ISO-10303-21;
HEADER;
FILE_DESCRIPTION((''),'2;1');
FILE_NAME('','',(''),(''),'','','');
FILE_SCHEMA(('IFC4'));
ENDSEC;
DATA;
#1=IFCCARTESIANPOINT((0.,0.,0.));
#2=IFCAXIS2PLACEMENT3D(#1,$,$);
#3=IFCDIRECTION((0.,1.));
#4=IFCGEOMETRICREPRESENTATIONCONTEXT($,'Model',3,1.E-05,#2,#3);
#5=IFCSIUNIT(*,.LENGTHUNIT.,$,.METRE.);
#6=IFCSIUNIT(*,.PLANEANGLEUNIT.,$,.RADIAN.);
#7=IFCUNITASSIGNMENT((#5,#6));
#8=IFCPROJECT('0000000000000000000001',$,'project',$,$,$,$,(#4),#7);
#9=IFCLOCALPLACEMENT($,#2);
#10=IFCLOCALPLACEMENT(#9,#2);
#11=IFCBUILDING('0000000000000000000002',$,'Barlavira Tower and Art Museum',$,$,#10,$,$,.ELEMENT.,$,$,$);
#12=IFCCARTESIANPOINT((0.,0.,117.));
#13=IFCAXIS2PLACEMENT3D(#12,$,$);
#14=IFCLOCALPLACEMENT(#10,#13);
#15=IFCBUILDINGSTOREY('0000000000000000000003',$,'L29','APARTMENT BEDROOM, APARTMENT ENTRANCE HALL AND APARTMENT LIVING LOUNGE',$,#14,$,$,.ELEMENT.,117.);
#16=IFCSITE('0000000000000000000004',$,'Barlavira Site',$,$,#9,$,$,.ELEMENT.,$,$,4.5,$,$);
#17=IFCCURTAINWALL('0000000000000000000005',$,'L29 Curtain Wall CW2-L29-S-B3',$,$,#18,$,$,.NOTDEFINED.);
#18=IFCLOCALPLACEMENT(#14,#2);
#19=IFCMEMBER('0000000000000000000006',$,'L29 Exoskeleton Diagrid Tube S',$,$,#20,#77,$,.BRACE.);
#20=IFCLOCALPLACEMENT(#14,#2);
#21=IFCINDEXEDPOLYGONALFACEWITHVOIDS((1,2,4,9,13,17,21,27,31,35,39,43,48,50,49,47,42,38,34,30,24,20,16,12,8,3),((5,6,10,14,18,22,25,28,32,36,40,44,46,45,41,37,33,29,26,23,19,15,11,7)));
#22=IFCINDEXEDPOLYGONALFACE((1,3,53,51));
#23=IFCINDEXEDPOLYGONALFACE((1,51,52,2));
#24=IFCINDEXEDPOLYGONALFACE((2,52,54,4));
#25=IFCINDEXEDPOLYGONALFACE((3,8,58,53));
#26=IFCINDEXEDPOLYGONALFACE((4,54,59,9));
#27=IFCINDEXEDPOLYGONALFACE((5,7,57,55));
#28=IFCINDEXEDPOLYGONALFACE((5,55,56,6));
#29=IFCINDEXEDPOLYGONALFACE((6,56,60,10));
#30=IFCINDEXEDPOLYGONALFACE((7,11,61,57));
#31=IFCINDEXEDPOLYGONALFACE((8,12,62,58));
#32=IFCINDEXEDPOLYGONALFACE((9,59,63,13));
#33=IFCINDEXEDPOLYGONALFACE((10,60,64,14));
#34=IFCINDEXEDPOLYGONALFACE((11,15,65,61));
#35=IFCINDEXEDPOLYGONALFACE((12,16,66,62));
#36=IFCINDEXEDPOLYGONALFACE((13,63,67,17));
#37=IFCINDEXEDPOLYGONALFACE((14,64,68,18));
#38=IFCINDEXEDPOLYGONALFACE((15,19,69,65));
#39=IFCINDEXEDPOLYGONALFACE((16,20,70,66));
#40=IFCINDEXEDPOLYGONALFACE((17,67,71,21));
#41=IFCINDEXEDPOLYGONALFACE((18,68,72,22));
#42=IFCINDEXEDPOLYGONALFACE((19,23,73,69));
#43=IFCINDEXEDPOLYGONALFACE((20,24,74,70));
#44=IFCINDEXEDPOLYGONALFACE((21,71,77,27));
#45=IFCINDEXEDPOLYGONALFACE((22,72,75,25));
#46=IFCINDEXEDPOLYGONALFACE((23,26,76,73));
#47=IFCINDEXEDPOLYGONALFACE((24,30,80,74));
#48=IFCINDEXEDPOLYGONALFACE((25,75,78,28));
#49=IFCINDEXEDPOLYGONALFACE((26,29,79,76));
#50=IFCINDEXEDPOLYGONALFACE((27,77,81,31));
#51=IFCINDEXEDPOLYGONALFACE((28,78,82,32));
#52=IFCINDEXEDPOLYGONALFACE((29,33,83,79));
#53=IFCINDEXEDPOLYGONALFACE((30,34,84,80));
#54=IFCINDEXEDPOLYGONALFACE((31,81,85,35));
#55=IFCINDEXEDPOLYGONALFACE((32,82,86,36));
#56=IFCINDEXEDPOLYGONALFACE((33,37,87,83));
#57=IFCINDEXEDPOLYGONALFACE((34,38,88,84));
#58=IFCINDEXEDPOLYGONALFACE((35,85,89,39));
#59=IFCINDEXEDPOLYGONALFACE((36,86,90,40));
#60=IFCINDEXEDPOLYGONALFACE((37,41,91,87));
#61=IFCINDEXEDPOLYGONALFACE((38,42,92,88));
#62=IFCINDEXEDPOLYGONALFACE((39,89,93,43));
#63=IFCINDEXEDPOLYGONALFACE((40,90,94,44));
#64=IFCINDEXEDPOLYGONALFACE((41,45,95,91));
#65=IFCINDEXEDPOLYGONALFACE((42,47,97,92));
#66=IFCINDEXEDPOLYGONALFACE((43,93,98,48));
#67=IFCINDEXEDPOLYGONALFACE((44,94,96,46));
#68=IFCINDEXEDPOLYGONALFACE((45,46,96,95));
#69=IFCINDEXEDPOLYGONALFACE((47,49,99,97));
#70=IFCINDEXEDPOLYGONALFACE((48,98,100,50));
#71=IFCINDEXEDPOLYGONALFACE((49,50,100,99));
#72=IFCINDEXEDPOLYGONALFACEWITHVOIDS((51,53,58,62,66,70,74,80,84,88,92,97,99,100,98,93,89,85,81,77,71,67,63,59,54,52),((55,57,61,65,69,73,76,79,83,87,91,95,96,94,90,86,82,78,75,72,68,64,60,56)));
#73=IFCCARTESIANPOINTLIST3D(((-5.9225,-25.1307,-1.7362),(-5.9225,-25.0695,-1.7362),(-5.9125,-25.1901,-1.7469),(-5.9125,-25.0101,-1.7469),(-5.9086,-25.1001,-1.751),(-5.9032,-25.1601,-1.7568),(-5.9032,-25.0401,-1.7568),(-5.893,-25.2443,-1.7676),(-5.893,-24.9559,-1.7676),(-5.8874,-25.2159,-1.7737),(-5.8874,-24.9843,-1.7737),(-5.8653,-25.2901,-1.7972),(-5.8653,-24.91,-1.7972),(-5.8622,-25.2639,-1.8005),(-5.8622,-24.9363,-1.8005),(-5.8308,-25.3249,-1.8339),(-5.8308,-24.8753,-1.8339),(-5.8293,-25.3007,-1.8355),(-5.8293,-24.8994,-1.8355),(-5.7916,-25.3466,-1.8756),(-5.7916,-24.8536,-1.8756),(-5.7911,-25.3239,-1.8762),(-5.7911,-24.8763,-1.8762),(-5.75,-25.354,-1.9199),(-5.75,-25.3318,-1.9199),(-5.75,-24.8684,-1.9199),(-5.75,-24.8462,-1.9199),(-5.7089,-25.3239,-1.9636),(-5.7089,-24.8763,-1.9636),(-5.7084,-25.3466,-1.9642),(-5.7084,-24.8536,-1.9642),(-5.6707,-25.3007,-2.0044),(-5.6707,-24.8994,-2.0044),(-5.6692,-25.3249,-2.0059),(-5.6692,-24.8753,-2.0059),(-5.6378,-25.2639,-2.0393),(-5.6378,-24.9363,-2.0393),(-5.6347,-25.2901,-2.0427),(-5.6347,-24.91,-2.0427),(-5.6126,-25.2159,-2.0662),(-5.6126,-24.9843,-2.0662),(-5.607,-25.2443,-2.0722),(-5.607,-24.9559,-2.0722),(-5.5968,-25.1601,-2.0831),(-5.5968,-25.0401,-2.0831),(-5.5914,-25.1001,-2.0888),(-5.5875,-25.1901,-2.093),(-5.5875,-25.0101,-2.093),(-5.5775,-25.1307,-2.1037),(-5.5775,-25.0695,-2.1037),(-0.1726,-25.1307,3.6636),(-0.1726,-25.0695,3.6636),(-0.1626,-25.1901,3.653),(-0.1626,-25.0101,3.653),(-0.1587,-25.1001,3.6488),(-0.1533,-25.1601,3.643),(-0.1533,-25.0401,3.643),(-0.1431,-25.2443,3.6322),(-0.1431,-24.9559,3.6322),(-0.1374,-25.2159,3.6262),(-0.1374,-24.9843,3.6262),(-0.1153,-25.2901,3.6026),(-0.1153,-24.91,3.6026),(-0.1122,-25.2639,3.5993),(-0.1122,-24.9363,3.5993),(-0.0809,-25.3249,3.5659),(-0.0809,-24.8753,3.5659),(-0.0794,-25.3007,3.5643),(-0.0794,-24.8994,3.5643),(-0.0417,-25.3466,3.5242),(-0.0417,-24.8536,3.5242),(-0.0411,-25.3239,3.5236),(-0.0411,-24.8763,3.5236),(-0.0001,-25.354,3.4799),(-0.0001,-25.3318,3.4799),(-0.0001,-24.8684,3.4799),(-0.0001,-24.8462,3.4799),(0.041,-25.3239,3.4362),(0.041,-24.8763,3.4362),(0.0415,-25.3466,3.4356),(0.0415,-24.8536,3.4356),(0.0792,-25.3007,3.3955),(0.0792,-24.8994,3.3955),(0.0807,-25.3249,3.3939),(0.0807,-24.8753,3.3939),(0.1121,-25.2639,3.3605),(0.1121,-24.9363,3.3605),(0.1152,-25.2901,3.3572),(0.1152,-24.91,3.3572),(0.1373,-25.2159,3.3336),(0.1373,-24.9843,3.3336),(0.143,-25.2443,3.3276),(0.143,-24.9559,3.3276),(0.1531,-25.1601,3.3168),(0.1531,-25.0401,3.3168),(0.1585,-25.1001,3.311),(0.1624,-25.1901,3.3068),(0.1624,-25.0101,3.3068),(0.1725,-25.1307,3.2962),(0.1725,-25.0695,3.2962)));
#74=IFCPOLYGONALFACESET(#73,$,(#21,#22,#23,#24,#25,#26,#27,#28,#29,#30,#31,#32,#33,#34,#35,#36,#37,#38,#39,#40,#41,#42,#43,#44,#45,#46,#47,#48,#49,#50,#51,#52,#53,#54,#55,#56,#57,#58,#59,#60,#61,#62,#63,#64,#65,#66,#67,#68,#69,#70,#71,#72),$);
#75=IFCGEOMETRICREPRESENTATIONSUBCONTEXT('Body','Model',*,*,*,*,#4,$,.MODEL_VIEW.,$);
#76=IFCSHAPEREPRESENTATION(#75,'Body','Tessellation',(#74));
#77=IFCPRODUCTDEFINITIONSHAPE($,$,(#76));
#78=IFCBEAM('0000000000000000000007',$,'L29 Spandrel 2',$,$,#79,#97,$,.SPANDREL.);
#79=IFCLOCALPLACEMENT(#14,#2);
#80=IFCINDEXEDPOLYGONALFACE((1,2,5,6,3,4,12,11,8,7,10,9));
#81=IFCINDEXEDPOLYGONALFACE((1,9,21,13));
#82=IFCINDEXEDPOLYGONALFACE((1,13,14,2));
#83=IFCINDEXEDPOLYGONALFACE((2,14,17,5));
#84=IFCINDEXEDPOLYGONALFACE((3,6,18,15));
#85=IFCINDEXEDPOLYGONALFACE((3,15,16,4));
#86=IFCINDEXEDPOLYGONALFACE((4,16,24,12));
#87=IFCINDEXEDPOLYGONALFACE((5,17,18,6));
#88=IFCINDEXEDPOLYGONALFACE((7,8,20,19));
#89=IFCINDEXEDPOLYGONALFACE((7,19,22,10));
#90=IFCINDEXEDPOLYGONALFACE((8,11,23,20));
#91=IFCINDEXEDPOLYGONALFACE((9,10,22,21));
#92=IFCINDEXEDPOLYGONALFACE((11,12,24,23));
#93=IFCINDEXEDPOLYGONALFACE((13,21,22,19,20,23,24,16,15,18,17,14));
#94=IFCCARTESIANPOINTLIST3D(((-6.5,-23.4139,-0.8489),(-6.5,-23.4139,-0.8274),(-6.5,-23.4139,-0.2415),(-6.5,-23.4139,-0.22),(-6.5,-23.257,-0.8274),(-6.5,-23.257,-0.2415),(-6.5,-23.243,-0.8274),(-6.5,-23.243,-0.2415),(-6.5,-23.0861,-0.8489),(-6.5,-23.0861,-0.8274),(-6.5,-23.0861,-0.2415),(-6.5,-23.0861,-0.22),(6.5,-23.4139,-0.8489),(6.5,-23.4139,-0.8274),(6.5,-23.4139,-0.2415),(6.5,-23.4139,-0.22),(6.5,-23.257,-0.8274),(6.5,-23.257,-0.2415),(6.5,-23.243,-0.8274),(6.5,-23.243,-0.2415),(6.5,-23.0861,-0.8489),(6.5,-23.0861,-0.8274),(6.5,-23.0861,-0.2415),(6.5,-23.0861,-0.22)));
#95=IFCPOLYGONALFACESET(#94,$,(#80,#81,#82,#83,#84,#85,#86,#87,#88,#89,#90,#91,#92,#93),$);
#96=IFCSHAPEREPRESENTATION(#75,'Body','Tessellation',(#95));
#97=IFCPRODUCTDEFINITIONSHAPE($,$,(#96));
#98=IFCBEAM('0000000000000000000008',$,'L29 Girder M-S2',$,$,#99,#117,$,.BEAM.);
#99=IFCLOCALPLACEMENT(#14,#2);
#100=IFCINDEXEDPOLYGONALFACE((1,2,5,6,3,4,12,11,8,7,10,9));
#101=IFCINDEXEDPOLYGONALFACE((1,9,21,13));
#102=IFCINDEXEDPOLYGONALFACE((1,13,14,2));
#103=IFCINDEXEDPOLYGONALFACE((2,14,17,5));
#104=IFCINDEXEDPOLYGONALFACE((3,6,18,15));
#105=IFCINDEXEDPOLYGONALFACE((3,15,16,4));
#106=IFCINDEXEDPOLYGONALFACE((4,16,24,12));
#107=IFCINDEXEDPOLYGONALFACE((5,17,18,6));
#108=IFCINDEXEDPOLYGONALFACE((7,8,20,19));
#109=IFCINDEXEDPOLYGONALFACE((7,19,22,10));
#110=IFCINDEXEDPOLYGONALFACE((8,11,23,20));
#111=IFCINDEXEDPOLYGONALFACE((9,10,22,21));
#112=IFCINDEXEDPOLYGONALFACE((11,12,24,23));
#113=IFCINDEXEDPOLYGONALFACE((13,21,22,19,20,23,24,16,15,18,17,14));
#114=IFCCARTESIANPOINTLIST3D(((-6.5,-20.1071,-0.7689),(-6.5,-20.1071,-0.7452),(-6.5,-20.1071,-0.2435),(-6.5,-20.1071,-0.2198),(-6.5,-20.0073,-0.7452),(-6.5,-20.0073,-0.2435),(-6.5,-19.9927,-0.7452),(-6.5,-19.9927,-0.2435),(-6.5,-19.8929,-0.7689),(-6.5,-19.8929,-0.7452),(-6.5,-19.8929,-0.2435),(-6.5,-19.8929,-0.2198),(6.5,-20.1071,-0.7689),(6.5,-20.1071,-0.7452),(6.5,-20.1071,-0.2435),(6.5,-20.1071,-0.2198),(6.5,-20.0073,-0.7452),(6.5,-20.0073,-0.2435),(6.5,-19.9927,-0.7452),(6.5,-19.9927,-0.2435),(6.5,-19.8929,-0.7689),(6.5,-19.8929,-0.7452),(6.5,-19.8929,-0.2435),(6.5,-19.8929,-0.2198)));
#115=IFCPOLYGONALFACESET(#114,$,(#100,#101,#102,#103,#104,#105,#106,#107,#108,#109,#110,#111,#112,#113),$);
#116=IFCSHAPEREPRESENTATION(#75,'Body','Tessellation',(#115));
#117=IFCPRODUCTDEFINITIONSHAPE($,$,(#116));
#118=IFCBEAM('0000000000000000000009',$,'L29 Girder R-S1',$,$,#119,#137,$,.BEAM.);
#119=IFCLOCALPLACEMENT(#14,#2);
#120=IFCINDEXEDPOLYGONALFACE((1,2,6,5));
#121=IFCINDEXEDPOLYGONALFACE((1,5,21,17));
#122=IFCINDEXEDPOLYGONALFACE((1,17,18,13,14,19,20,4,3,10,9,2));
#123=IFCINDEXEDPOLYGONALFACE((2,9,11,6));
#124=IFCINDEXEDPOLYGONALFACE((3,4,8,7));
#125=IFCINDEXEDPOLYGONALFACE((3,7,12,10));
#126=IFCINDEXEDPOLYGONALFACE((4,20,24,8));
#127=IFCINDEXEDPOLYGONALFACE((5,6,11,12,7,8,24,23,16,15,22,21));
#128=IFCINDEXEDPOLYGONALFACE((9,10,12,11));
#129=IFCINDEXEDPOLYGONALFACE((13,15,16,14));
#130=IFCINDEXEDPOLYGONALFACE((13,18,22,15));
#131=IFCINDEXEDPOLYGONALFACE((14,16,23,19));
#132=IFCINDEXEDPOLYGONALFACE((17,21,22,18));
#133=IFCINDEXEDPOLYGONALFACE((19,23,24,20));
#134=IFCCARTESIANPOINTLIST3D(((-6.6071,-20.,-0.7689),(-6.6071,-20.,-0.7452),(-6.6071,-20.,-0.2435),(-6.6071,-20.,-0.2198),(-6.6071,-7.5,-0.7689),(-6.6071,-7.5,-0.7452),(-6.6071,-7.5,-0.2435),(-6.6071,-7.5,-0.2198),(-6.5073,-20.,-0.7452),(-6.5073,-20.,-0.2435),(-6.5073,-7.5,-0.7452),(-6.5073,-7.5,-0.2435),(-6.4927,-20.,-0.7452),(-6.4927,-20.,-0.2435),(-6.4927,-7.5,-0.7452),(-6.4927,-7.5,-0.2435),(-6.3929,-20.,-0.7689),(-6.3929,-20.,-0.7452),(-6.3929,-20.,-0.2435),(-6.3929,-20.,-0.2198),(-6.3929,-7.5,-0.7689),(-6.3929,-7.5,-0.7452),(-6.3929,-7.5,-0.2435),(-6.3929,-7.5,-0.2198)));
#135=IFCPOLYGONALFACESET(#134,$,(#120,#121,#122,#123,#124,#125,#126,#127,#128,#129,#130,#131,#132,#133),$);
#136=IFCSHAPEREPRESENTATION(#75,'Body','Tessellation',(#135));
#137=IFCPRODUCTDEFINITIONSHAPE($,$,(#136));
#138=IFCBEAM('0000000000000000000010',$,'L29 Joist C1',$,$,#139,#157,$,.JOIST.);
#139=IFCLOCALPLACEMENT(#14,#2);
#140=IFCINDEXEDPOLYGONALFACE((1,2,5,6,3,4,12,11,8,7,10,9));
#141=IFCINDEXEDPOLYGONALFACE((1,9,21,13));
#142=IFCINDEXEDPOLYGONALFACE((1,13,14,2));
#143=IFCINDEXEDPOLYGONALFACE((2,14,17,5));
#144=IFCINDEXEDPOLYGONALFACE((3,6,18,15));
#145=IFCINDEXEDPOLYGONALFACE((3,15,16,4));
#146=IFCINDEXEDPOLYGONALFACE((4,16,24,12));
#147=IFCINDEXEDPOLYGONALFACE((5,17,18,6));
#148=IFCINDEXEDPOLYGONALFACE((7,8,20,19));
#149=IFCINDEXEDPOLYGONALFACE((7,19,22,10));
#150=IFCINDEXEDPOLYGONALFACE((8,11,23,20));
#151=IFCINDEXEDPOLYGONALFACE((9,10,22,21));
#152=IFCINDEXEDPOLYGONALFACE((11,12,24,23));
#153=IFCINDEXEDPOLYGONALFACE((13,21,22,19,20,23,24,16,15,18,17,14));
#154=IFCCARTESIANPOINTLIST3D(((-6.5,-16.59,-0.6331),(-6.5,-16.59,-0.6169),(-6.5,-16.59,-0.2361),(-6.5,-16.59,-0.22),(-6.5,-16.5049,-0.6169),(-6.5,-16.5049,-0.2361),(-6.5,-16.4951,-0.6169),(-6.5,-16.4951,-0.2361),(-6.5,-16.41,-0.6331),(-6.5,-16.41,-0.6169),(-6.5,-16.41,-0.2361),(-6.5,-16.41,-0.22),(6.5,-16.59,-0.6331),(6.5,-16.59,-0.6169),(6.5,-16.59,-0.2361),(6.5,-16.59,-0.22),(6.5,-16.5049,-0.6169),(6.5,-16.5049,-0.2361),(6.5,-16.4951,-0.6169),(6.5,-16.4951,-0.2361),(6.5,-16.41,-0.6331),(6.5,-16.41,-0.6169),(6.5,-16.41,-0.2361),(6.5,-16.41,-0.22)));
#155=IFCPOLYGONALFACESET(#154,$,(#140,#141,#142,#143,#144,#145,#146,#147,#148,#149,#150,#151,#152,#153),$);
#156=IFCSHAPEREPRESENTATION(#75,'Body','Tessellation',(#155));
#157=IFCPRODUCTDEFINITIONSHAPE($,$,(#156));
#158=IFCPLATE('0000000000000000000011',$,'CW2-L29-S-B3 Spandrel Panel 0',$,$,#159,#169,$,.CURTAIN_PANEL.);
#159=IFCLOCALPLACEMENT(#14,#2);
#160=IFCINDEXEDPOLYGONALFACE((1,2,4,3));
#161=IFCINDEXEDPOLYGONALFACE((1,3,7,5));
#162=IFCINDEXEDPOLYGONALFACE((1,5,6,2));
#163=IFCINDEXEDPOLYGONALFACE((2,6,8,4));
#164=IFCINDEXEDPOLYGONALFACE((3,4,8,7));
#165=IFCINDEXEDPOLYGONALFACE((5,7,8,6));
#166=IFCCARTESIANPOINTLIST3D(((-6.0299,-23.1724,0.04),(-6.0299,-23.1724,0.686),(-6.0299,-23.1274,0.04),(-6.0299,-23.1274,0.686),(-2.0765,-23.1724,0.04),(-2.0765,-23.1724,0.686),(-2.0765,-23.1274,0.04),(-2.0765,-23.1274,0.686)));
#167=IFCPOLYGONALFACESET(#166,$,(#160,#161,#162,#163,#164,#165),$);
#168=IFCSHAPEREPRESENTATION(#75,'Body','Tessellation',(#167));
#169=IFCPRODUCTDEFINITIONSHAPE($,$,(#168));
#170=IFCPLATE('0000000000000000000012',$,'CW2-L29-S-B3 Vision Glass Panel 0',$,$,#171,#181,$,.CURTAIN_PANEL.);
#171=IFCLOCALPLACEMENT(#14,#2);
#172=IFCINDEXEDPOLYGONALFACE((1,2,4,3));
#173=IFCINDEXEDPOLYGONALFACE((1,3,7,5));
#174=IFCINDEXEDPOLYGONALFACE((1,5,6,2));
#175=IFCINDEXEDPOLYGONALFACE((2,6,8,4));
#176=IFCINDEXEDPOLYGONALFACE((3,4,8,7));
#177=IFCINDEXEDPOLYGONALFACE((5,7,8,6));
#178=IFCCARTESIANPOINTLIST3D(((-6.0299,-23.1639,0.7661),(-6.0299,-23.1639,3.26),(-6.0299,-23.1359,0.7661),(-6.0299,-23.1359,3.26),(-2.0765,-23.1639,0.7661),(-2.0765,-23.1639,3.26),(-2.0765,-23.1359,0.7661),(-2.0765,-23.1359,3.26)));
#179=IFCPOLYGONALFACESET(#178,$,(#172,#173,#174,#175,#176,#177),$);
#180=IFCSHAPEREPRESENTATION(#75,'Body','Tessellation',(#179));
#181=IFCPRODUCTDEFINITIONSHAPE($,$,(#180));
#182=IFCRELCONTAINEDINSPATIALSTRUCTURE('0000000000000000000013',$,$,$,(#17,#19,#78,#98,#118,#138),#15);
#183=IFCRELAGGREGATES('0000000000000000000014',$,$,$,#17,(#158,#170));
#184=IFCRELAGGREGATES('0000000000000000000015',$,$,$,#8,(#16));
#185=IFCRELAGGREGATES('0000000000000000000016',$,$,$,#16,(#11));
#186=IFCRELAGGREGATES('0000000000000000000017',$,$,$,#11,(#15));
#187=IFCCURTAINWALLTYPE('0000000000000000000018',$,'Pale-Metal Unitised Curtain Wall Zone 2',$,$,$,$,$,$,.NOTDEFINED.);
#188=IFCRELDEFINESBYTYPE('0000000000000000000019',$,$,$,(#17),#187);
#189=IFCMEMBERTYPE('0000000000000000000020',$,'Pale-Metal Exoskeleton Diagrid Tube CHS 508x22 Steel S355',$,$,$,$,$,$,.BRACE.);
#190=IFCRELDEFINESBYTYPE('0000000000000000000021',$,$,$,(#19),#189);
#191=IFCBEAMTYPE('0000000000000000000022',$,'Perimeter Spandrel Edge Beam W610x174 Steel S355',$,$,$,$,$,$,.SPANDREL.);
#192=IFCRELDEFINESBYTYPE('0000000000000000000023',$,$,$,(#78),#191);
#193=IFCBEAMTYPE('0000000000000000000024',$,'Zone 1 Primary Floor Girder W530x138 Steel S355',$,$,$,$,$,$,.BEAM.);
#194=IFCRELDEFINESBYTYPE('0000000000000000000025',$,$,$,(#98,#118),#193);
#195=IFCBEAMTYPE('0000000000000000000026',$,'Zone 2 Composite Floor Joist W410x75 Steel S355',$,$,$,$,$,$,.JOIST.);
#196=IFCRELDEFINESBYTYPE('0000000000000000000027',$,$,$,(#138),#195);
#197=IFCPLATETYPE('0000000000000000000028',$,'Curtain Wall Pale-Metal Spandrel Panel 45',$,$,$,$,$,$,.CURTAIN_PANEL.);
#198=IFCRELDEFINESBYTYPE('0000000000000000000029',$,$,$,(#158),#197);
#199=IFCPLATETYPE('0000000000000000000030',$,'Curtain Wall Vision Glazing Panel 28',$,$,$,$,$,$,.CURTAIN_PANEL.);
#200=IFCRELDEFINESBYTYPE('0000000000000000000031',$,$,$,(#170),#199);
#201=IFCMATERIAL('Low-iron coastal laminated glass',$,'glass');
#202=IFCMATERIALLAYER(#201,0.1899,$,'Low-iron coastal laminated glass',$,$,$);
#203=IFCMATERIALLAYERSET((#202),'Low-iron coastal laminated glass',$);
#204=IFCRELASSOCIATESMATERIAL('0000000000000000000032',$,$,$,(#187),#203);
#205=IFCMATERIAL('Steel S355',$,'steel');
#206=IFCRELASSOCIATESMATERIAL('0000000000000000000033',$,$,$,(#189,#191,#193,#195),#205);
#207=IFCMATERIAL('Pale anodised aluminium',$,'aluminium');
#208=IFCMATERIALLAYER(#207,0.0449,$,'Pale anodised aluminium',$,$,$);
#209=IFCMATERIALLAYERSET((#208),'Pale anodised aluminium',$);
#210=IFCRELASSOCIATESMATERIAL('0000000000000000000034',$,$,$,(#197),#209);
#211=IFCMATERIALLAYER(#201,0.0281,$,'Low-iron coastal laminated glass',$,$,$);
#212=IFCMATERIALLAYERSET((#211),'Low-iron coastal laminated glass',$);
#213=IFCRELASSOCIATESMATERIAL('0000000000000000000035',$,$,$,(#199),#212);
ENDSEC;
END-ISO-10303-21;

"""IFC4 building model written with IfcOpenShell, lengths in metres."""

from ifc_helpers import new_model, si_unit, direction, frame, origin, origin_2d, place, context, subcontext, project, spatial, rectangle, hollow_circle, i_section, extrude, material, layer, layer_set, material_profile, profile_set, type_object, element, aggregate, save


model = new_model("IFC4")

# Units and contexts
model_context = context("Model", 3, precision=1e-05, world=origin(), true_north=direction((0.0, 1.0)))
body_context = subcontext(model_context, "Body", "Model", "MODEL_VIEW")
ifc_project = project(units=[si_unit("LENGTHUNIT", "METRE"), si_unit("PLANEANGLEUNIT", "RADIAN")], contexts=[model_context])

# Site, building, storey
site_placement = place(None, origin())
site = spatial("IfcSite", under=ifc_project, at=site_placement, Name="Barlavira Site", CompositionType="ELEMENT", RefElevation=4.5)
building_placement = place(site_placement, origin())
building = spatial("IfcBuilding", under=site, at=building_placement, Name="Barlavira Tower and Art Museum", CompositionType="ELEMENT")
storey_placement = place(building_placement, frame((0.0, 0.0, 117.0)))
storey = spatial("IfcBuildingStorey", under=building, at=storey_placement, Name="L29", Description="APARTMENT BEDROOM, APARTMENT ENTRANCE HALL AND APARTMENT LIVING LOUNGE", CompositionType="ELEMENT", Elevation=117.0)

# Curtain wall
ifc_material_1 = material(Name="Low-iron coastal laminated glass", Category="glass")
ifc_layer_1 = layer(ifc_material_1, 0.1899, Name="Low-iron coastal laminated glass")
ifc_layer_set_1 = layer_set([ifc_layer_1], Name="Low-iron coastal laminated glass")
curtain_wall_type = type_object("IfcCurtainWallType", Name="Pale-Metal Unitised Curtain Wall Zone 2", PredefinedType="NOTDEFINED", material=ifc_layer_set_1)
curtain_wall_placement = place(storey_placement, origin())
curtain_wall = element("IfcCurtainWall", 1, at=curtain_wall_placement, inside=storey, type_object=curtain_wall_type, Name="L29 Curtain Wall CW2-L29-S-B3", PredefinedType="NOTDEFINED")
ifc_material_2 = material(Name="Pale anodised aluminium", Category="aluminium")

# Member
ifc_material_3 = material(Name="Steel S355", Category="steel")
ifc_material_profile_1 = material_profile(ifc_material_3, hollow_circle(Radius=0.2539, WallThickness=0.0222, at=origin_2d()), Name="CHS 508.0x22.2")
ifc_profile_set_1 = profile_set([ifc_material_profile_1], Name="Steel S355")
member_type_1 = type_object("IfcMemberType", Name="Pale-Metal Exoskeleton Diagrid Tube CHS 508x22 Steel S355", PredefinedType="BRACE", material=ifc_profile_set_1)
for number, where, z_axis, x_axis, name in (
    (2, (-5.75, -25.1001, -1.9199), (0.72895, 0.0, 0.684567), (0.0, 1.0, 0.0), "L29 Exoskeleton Diagrid Tube S"),
):
    element("IfcMember", number, at=place(storey_placement, frame(where, z_axis=z_axis, x_axis=x_axis)), inside=storey, type_object=member_type_1, Name=name, PredefinedType="BRACE", context=body_context, shape_type="SweptSolid", body=[
        extrude(hollow_circle(Radius=0.2539, WallThickness=0.0222, at=origin_2d()), origin(), (0.0, 0.0, 1.0), 7.8879),
    ])

# Beams
ifc_material_profile_2 = material_profile(ifc_material_3, i_section(OverallWidth=0.3279, OverallDepth=0.6289, WebThickness=0.0139, FlangeThickness=0.0215, at=origin_2d()), Name="W610x174.0")
ifc_profile_set_2 = profile_set([ifc_material_profile_2], Name="Steel S355")
beam_type_1 = type_object("IfcBeamType", Name="Perimeter Spandrel Edge Beam W610x174 Steel S355", PredefinedType="SPANDREL", material=ifc_profile_set_2)
beam_1_placement = place(storey_placement, frame((-6.5, -23.25, -0.5344), z_axis=(1.0, 0.0, 0.0), x_axis=(0.0, 1.0, 0.0)))
element("IfcBeam", 3, at=beam_1_placement, inside=storey, type_object=beam_type_1, Name="L29 Spandrel 2", PredefinedType="SPANDREL", context=body_context, shape_type="SweptSolid", body=[
    extrude(i_section(OverallWidth=0.3279, OverallDepth=0.6289, WebThickness=0.0139, FlangeThickness=0.0215, at=origin_2d()), origin(), (0.0, 0.0, 1.0), 13.0),
])
ifc_material_profile_3 = material_profile(ifc_material_3, i_section(OverallWidth=0.2141, OverallDepth=0.5491, WebThickness=0.0146, FlangeThickness=0.0237, at=origin_2d()), Name="W530x138.0")
ifc_profile_set_3 = profile_set([ifc_material_profile_3], Name="Steel S355")
beam_type_2 = type_object("IfcBeamType", Name="Zone 1 Primary Floor Girder W530x138 Steel S355", PredefinedType="BEAM", material=ifc_profile_set_3)
beam_2_placement = place(storey_placement, frame((-6.5, -20.0, -0.4944), z_axis=(1.0, 0.0, 0.0), x_axis=(0.0, 1.0, 0.0)))
element("IfcBeam", 4, at=beam_2_placement, inside=storey, type_object=beam_type_2, Name="L29 Girder M-S2", PredefinedType="BEAM", context=body_context, shape_type="SweptSolid", body=[
    extrude(i_section(OverallWidth=0.2141, OverallDepth=0.5491, WebThickness=0.0146, FlangeThickness=0.0237, at=origin_2d()), origin(), (0.0, 0.0, 1.0), 13.0),
])
beam_3_placement = place(storey_placement, frame((-6.5, -20.0, -0.4944), z_axis=(0.0, 1.0, 0.0), x_axis=(-1.0, 0.0, 0.0)))
element("IfcBeam", 5, at=beam_3_placement, inside=storey, type_object=beam_type_2, Name="L29 Girder R-S1", PredefinedType="BEAM", context=body_context, shape_type="SweptSolid", body=[
    extrude(i_section(OverallWidth=0.2141, OverallDepth=0.5491, WebThickness=0.0146, FlangeThickness=0.0237, at=origin_2d()), origin(), (0.0, 0.0, 1.0), 12.5),
])
ifc_material_profile_4 = material_profile(ifc_material_3, i_section(OverallWidth=0.1799, OverallDepth=0.4131, WebThickness=0.0098, FlangeThickness=0.0161, at=origin_2d()), Name="W410x75.0")
ifc_profile_set_4 = profile_set([ifc_material_profile_4], Name="Steel S355")
beam_type_3 = type_object("IfcBeamType", Name="Zone 2 Composite Floor Joist W410x75 Steel S355", PredefinedType="JOIST", material=ifc_profile_set_4)
beam_4_placement = place(storey_placement, frame((-6.5, -16.5, -0.4265), z_axis=(1.0, 0.0, 0.0), x_axis=(0.0, 1.0, 0.0)))
element("IfcBeam", 6, at=beam_4_placement, inside=storey, type_object=beam_type_3, Name="L29 Joist C1", PredefinedType="JOIST", context=body_context, shape_type="SweptSolid", body=[
    extrude(i_section(OverallWidth=0.1799, OverallDepth=0.4131, WebThickness=0.0098, FlangeThickness=0.0161, at=origin_2d()), origin(), (0.0, 0.0, 1.0), 13.0),
])

# Plates
ifc_layer_2 = layer(ifc_material_2, 0.0449, Name="Pale anodised aluminium")
ifc_layer_set_2 = layer_set([ifc_layer_2], Name="Pale anodised aluminium")
plate_type_1 = type_object("IfcPlateType", Name="Curtain Wall Pale-Metal Spandrel Panel 45", PredefinedType="CURTAIN_PANEL", material=ifc_layer_set_2)
plate_1_placement = place(storey_placement, frame((-4.0532, -23.1499, 0.04), z_axis=(0.0, 0.0, 1.0), x_axis=(1.0, 0.0, 0.0)))
plate_1 = element("IfcPlate", 7, at=plate_1_placement, type_object=plate_type_1, Name="CW2-L29-S-B3 Spandrel Panel 0", PredefinedType="CURTAIN_PANEL", context=body_context, shape_type="SweptSolid", body=[
    extrude(rectangle(XDim=3.9534, YDim=0.0449, at=origin_2d()), origin(), (0.0, 0.0, 1.0), 0.646),
])
ifc_layer_3 = layer(ifc_material_1, 0.0281, Name="Low-iron coastal laminated glass")
ifc_layer_set_3 = layer_set([ifc_layer_3], Name="Low-iron coastal laminated glass")
plate_type_2 = type_object("IfcPlateType", Name="Curtain Wall Vision Glazing Panel 28", PredefinedType="CURTAIN_PANEL", material=ifc_layer_set_3)
plate_2_placement = place(storey_placement, frame((-4.0532, -23.1499, 0.7661), z_axis=(0.0, 0.0, 1.0), x_axis=(1.0, 0.0, 0.0)))
plate_2 = element("IfcPlate", 8, at=plate_2_placement, type_object=plate_type_2, Name="CW2-L29-S-B3 Vision Glass Panel 0", PredefinedType="CURTAIN_PANEL", context=body_context, shape_type="SweptSolid", body=[
    extrude(rectangle(XDim=3.9534, YDim=0.0281, at=origin_2d()), origin(), (0.0, 0.0, 1.0), 2.4939),
])
aggregate(curtain_wall, [plate_1, plate_2])

save(model, "model.ifc")
